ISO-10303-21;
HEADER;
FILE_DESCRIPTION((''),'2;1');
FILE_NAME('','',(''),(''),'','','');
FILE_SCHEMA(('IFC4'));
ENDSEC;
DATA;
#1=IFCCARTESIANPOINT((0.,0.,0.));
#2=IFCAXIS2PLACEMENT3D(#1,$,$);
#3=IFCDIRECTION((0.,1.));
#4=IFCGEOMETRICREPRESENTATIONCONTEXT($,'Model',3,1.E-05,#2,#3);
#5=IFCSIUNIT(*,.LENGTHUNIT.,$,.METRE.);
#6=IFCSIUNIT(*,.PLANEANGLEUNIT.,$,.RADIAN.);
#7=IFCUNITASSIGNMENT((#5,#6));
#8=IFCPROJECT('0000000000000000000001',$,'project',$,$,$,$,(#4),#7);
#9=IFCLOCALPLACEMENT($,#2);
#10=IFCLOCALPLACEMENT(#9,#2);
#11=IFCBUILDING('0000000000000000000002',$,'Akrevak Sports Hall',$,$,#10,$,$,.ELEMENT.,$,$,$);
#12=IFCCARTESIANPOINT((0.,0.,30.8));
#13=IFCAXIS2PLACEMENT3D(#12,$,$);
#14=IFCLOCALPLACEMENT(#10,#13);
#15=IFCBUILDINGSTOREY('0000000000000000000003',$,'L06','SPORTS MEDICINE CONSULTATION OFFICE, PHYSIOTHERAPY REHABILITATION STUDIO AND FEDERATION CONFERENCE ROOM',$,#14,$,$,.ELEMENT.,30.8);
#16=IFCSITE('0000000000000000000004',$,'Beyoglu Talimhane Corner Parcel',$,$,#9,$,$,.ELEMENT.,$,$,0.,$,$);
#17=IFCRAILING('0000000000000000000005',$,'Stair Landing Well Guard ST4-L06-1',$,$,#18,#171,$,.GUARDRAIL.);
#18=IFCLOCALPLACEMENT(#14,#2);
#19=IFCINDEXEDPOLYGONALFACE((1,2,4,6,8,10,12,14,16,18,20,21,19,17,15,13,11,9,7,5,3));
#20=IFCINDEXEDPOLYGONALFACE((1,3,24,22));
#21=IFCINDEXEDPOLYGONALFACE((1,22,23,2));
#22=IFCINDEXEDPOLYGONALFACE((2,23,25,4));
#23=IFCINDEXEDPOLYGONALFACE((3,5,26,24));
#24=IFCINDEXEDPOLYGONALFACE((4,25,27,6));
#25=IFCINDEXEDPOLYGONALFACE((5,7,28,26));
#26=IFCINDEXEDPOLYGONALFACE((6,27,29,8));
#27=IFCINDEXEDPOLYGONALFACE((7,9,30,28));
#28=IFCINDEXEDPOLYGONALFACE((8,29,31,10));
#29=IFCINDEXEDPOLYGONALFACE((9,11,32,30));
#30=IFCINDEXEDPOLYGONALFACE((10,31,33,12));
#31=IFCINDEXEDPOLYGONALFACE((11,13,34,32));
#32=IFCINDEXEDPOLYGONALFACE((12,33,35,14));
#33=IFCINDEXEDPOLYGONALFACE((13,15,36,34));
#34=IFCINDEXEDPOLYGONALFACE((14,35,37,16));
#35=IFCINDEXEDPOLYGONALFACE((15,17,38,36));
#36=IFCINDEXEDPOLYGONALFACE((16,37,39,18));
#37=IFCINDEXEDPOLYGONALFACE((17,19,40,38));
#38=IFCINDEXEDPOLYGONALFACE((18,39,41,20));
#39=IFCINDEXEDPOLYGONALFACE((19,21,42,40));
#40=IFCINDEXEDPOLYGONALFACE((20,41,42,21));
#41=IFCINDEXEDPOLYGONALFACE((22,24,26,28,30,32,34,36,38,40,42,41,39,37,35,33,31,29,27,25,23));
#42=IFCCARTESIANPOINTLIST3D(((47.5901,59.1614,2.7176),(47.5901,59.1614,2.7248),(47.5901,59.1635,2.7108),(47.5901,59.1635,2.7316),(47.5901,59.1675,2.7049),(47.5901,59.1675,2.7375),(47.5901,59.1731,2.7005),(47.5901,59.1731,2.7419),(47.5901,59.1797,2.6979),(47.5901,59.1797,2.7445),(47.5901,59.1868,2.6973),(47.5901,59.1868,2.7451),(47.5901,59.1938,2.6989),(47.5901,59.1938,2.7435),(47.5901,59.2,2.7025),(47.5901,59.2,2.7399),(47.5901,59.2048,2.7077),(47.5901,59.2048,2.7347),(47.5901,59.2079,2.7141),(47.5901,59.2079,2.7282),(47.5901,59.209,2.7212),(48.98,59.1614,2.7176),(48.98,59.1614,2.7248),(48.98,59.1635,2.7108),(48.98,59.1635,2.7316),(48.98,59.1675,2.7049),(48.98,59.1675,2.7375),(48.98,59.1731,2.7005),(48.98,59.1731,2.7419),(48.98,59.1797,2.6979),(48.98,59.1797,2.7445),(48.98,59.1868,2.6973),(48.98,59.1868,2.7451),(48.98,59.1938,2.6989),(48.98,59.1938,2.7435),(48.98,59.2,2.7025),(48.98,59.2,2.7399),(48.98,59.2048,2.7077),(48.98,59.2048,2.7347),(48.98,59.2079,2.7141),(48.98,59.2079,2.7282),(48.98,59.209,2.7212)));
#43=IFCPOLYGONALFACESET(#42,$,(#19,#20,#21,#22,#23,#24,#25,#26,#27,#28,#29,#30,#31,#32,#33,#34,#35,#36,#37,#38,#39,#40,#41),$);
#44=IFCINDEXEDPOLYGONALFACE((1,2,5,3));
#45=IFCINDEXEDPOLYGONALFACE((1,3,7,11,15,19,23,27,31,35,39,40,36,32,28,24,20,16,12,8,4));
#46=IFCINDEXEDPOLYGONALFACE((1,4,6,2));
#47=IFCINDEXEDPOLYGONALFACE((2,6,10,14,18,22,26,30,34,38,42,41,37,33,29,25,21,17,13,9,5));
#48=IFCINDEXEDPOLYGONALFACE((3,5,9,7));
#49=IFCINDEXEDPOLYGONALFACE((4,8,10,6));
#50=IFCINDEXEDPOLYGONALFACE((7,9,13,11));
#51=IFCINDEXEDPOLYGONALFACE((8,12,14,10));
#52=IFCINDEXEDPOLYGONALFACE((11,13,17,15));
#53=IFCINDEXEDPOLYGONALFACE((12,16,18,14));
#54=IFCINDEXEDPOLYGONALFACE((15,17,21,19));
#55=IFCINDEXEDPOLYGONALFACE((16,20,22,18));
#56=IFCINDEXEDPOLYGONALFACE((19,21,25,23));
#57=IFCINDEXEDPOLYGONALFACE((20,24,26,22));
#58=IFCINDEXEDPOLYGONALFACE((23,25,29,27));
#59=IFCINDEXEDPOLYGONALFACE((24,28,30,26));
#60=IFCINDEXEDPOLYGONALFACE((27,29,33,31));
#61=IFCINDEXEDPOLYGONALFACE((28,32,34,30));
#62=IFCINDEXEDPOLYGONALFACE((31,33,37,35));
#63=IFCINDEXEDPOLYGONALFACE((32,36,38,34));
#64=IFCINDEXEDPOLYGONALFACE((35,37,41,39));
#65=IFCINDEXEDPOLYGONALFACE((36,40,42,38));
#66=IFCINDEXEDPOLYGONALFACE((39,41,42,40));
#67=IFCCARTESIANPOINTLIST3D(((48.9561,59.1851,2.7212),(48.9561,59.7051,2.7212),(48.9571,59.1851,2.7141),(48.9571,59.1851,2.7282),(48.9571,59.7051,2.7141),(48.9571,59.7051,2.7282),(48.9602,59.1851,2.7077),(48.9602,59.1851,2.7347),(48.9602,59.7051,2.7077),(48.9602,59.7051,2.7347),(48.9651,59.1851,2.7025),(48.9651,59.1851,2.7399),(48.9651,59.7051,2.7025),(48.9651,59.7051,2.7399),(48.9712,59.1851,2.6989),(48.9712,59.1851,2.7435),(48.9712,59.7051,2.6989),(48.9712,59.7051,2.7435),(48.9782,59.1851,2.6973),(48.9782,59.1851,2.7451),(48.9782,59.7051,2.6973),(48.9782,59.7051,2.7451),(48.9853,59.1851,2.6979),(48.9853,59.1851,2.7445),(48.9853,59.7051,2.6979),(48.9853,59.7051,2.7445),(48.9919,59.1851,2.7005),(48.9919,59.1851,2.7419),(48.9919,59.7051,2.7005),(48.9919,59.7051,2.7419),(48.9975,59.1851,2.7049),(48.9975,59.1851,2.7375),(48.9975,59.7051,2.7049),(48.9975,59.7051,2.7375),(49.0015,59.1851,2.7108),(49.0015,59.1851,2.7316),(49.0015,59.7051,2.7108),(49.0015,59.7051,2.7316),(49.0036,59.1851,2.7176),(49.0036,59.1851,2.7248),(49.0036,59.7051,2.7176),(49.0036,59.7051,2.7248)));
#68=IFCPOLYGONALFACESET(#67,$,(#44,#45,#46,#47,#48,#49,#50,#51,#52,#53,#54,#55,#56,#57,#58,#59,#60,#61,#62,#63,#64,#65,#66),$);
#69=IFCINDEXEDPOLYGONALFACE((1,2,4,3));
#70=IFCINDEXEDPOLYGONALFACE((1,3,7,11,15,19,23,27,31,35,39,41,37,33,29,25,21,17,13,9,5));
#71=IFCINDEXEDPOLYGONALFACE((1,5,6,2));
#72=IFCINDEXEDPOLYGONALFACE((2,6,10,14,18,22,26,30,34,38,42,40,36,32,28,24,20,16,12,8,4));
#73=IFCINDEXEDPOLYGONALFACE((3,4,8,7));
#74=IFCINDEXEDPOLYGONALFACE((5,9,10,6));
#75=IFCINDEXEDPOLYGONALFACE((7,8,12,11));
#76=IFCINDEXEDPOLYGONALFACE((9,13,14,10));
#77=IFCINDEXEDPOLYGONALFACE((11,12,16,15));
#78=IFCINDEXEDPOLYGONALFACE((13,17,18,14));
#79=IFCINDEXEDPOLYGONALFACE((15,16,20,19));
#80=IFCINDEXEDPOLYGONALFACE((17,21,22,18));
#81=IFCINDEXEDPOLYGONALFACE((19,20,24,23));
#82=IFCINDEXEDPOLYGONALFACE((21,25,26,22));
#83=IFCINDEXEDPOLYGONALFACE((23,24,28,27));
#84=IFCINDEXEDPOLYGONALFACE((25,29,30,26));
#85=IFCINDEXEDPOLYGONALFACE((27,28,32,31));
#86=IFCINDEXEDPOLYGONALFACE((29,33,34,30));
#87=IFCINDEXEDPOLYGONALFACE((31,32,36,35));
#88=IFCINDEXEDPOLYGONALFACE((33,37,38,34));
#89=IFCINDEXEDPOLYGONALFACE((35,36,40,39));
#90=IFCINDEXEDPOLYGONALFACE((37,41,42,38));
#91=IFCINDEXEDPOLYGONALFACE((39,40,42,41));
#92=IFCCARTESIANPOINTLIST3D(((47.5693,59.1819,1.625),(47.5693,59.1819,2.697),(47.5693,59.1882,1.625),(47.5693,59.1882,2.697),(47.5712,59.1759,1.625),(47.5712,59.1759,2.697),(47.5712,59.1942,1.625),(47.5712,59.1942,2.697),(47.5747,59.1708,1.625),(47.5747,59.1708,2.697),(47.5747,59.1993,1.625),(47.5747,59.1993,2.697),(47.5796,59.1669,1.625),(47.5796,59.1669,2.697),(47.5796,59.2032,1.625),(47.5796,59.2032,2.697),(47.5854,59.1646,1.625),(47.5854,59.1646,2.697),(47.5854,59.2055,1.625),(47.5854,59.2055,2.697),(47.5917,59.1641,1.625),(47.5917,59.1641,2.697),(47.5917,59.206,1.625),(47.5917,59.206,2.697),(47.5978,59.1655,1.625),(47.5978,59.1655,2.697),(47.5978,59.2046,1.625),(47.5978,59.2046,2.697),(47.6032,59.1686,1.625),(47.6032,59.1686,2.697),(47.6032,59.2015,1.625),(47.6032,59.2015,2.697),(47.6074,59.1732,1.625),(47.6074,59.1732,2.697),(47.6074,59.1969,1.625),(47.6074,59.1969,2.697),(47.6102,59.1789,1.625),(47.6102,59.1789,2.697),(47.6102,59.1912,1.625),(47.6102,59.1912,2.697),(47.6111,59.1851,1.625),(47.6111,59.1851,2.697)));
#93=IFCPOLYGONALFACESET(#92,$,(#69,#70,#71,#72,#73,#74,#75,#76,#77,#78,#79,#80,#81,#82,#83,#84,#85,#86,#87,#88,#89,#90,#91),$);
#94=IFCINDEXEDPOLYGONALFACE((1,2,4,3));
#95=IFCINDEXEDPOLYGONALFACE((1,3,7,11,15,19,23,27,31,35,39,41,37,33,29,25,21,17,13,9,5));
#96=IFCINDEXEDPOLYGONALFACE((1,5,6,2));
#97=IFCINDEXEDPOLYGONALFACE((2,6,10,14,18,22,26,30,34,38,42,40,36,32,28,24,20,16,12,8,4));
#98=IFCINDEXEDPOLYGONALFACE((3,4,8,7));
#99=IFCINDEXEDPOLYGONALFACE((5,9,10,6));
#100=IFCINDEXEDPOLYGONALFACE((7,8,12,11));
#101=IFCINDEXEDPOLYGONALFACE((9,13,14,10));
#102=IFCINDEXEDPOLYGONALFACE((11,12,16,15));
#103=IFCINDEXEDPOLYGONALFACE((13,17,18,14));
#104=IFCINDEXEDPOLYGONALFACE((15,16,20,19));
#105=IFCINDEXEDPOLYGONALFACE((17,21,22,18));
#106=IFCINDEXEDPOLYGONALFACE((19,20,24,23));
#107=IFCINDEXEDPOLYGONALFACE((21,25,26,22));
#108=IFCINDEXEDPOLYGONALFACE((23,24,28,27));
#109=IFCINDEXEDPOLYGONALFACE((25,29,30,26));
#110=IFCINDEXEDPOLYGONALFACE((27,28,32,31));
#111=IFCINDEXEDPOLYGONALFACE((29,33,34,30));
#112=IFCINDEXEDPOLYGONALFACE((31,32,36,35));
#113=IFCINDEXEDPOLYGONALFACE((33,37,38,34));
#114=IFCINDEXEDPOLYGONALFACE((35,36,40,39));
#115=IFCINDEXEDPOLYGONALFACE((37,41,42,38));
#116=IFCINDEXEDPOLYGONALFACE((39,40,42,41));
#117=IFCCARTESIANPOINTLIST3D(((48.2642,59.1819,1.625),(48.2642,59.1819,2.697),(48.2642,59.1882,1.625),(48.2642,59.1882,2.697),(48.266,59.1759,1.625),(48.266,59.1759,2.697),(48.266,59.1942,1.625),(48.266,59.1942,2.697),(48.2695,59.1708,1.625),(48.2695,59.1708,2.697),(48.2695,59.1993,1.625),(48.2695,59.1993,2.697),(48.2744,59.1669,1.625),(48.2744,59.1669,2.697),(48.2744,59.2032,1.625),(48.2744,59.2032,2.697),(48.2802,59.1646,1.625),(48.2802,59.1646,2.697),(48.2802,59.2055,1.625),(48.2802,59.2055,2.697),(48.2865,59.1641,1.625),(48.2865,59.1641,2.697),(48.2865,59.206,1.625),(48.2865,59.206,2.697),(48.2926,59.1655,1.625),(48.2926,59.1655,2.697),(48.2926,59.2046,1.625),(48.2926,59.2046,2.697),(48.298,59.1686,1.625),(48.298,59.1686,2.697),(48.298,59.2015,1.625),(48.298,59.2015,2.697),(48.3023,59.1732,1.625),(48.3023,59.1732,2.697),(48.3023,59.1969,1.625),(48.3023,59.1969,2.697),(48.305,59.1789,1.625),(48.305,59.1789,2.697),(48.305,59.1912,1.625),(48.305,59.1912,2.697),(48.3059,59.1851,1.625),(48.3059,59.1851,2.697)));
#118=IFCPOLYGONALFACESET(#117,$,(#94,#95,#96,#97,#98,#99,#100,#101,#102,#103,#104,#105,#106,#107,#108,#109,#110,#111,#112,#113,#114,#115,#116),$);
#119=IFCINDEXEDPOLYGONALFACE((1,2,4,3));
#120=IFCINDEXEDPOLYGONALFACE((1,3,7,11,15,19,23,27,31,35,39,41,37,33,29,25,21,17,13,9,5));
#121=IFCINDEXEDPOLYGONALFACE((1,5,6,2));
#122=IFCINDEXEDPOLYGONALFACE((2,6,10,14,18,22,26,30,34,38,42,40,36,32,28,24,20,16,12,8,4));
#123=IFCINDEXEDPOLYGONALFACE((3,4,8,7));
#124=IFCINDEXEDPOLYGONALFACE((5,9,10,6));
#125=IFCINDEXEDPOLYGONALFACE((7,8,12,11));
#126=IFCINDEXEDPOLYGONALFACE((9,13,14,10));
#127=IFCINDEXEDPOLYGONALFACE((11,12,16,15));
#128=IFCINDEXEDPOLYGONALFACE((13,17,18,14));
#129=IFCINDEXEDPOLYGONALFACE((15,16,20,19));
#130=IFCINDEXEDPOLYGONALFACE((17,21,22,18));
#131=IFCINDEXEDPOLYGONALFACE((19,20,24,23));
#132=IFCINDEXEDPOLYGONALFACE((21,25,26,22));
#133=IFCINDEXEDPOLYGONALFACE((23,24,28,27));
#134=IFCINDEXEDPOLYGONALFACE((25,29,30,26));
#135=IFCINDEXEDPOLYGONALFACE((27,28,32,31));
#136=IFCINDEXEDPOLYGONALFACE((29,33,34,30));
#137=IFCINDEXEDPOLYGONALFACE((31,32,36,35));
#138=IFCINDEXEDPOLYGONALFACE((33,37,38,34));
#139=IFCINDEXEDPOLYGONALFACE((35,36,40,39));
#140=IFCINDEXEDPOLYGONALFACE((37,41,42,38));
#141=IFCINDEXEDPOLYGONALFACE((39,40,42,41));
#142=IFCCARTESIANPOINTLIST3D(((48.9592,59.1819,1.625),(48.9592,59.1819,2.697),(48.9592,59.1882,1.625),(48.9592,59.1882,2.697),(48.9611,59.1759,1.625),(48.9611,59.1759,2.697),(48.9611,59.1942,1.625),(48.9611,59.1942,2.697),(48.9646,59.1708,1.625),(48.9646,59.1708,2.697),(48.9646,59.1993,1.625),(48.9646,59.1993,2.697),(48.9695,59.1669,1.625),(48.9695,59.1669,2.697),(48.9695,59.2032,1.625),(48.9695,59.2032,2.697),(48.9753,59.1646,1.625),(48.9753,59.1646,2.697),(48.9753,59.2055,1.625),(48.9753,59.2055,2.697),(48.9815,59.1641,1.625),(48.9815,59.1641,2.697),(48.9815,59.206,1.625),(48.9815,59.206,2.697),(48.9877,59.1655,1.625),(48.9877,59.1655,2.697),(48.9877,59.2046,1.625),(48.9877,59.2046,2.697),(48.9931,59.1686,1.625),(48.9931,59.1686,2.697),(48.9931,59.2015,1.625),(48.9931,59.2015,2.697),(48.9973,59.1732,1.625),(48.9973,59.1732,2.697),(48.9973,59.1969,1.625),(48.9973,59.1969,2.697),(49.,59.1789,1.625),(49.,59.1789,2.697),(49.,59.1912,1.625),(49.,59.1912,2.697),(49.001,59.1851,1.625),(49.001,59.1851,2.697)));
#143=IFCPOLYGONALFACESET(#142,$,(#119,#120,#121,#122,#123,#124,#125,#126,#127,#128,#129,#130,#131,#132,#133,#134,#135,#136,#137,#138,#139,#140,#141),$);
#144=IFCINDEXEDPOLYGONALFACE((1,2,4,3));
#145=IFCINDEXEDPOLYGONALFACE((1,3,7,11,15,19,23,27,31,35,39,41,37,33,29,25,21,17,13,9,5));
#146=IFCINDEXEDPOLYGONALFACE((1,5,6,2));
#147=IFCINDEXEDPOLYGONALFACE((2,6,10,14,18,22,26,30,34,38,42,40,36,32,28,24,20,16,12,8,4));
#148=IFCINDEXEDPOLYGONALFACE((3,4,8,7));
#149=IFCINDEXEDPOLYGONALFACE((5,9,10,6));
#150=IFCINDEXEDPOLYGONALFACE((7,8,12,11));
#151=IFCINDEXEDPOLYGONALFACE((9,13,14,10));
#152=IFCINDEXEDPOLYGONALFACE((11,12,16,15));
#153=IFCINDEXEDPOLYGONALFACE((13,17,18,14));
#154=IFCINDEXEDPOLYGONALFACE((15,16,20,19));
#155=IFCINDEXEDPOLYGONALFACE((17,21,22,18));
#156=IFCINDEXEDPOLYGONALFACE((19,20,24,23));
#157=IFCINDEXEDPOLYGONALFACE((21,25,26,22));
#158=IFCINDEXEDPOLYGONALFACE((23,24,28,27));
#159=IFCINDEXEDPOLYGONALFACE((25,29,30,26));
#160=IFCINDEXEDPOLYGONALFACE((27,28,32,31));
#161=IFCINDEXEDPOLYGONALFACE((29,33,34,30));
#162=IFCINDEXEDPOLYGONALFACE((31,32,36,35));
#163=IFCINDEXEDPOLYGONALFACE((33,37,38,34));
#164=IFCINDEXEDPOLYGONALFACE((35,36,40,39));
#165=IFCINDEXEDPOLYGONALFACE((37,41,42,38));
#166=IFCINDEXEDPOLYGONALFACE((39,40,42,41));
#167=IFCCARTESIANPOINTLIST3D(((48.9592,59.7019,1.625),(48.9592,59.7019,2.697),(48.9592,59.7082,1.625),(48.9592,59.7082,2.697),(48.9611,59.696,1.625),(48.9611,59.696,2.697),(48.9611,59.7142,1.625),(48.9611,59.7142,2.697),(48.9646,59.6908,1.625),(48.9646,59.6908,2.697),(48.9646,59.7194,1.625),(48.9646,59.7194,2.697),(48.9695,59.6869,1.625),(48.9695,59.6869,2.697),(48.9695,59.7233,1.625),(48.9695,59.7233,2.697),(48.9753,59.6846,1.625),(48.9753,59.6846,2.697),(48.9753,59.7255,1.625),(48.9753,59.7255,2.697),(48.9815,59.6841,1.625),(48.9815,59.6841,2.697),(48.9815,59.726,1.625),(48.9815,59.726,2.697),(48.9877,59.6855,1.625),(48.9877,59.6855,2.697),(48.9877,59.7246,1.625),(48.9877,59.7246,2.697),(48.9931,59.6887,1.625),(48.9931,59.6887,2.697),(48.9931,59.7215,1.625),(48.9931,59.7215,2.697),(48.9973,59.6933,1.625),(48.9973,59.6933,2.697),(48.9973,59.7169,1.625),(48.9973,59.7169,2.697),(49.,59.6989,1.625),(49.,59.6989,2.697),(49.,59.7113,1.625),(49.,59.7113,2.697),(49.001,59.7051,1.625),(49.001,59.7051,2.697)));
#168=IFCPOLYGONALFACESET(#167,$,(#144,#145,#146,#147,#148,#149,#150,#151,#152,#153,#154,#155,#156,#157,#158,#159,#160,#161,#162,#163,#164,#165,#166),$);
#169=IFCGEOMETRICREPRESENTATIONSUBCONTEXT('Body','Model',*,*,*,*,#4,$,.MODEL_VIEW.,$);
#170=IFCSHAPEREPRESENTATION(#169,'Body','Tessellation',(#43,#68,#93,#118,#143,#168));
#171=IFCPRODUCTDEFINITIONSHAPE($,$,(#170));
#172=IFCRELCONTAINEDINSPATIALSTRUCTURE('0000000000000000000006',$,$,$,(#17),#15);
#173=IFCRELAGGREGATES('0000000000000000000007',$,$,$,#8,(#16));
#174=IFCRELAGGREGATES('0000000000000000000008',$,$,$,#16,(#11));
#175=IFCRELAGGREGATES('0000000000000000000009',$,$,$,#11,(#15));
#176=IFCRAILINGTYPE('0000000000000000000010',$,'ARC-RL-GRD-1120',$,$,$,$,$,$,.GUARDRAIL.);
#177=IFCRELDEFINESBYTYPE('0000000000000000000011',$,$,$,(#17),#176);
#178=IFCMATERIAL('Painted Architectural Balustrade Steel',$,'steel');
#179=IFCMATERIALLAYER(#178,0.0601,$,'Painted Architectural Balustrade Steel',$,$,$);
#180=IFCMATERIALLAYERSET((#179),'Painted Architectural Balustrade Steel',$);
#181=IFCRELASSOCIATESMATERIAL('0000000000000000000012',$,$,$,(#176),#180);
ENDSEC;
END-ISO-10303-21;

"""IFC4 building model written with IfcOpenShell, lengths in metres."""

from ifc_helpers import new_model, si_unit, direction, frame, origin, origin_2d, place, context, subcontext, project, spatial, circle, extrude, material, layer, layer_set, type_object, element, save


model = new_model("IFC4")

# Units and contexts
model_context = context("Model", 3, precision=1e-05, world=origin(), true_north=direction((0.0, 1.0)))
body_context = subcontext(model_context, "Body", "Model", "MODEL_VIEW")
ifc_project = project(units=[si_unit("LENGTHUNIT", "METRE"), si_unit("PLANEANGLEUNIT", "RADIAN")], contexts=[model_context])

# Site, building, storey
site_placement = place(None, origin())
site = spatial("IfcSite", under=ifc_project, at=site_placement, Name="Beyoglu Talimhane Corner Parcel", CompositionType="ELEMENT", RefElevation=0.0)
building_placement = place(site_placement, origin())
building = spatial("IfcBuilding", under=site, at=building_placement, Name="Akrevak Sports Hall", CompositionType="ELEMENT")
storey_placement = place(building_placement, frame((0.0, 0.0, 30.8)))
storey = spatial("IfcBuildingStorey", under=building, at=storey_placement, Name="L06", Description="SPORTS MEDICINE CONSULTATION OFFICE, PHYSIOTHERAPY REHABILITATION STUDIO AND FEDERATION CONFERENCE ROOM", CompositionType="ELEMENT", Elevation=30.8)

# Railing
ifc_material_1 = material(Name="Painted Architectural Balustrade Steel", Category="steel")
ifc_layer_1 = layer(ifc_material_1, 0.0601, Name="Painted Architectural Balustrade Steel")
ifc_layer_set_1 = layer_set([ifc_layer_1], Name="Painted Architectural Balustrade Steel")
railing_type_1 = type_object("IfcRailingType", Name="ARC-RL-GRD-1120", PredefinedType="GUARDRAIL", material=ifc_layer_set_1)
railing_1_placement = place(storey_placement, frame((47.5901, 59.1851, 1.625)))
element("IfcRailing", 1, at=railing_1_placement, inside=storey, type_object=railing_type_1, Name="Stair Landing Well Guard ST4-L06-1", PredefinedType="GUARDRAIL", context=body_context, shape_type="SweptSolid", body=[
    extrude(circle(Radius=0.0239, at=origin_2d()), frame((0.0, 0.0, 1.0962), z_axis=(1.0, 0.0, 0.0), x_axis=(0.0, 1.0, 0.0)), (0.0, 0.0, 1.0), 1.3899),
    extrude(circle(Radius=0.0239, at=origin_2d()), frame((1.3899, 0.0, 1.0962), z_axis=(0.0, 1.0, 0.0), x_axis=(-1.0, 0.0, 0.0)), (0.0, 0.0, 1.0), 0.52),
    extrude(circle(Radius=0.021, at=origin_2d()), origin(), (0.0, 0.0, 1.0), 1.072),
    extrude(circle(Radius=0.021, at=origin_2d()), frame((0.6948, 0.0, 0.0)), (0.0, 0.0, 1.0), 1.072),
    extrude(circle(Radius=0.021, at=origin_2d()), frame((1.3899, 0.0, 0.0)), (0.0, 0.0, 1.0), 1.072),
    extrude(circle(Radius=0.021, at=origin_2d()), frame((1.3899, 0.52, 0.0)), (0.0, 0.0, 1.0), 1.072),
])

save(model, "model.ifc")
